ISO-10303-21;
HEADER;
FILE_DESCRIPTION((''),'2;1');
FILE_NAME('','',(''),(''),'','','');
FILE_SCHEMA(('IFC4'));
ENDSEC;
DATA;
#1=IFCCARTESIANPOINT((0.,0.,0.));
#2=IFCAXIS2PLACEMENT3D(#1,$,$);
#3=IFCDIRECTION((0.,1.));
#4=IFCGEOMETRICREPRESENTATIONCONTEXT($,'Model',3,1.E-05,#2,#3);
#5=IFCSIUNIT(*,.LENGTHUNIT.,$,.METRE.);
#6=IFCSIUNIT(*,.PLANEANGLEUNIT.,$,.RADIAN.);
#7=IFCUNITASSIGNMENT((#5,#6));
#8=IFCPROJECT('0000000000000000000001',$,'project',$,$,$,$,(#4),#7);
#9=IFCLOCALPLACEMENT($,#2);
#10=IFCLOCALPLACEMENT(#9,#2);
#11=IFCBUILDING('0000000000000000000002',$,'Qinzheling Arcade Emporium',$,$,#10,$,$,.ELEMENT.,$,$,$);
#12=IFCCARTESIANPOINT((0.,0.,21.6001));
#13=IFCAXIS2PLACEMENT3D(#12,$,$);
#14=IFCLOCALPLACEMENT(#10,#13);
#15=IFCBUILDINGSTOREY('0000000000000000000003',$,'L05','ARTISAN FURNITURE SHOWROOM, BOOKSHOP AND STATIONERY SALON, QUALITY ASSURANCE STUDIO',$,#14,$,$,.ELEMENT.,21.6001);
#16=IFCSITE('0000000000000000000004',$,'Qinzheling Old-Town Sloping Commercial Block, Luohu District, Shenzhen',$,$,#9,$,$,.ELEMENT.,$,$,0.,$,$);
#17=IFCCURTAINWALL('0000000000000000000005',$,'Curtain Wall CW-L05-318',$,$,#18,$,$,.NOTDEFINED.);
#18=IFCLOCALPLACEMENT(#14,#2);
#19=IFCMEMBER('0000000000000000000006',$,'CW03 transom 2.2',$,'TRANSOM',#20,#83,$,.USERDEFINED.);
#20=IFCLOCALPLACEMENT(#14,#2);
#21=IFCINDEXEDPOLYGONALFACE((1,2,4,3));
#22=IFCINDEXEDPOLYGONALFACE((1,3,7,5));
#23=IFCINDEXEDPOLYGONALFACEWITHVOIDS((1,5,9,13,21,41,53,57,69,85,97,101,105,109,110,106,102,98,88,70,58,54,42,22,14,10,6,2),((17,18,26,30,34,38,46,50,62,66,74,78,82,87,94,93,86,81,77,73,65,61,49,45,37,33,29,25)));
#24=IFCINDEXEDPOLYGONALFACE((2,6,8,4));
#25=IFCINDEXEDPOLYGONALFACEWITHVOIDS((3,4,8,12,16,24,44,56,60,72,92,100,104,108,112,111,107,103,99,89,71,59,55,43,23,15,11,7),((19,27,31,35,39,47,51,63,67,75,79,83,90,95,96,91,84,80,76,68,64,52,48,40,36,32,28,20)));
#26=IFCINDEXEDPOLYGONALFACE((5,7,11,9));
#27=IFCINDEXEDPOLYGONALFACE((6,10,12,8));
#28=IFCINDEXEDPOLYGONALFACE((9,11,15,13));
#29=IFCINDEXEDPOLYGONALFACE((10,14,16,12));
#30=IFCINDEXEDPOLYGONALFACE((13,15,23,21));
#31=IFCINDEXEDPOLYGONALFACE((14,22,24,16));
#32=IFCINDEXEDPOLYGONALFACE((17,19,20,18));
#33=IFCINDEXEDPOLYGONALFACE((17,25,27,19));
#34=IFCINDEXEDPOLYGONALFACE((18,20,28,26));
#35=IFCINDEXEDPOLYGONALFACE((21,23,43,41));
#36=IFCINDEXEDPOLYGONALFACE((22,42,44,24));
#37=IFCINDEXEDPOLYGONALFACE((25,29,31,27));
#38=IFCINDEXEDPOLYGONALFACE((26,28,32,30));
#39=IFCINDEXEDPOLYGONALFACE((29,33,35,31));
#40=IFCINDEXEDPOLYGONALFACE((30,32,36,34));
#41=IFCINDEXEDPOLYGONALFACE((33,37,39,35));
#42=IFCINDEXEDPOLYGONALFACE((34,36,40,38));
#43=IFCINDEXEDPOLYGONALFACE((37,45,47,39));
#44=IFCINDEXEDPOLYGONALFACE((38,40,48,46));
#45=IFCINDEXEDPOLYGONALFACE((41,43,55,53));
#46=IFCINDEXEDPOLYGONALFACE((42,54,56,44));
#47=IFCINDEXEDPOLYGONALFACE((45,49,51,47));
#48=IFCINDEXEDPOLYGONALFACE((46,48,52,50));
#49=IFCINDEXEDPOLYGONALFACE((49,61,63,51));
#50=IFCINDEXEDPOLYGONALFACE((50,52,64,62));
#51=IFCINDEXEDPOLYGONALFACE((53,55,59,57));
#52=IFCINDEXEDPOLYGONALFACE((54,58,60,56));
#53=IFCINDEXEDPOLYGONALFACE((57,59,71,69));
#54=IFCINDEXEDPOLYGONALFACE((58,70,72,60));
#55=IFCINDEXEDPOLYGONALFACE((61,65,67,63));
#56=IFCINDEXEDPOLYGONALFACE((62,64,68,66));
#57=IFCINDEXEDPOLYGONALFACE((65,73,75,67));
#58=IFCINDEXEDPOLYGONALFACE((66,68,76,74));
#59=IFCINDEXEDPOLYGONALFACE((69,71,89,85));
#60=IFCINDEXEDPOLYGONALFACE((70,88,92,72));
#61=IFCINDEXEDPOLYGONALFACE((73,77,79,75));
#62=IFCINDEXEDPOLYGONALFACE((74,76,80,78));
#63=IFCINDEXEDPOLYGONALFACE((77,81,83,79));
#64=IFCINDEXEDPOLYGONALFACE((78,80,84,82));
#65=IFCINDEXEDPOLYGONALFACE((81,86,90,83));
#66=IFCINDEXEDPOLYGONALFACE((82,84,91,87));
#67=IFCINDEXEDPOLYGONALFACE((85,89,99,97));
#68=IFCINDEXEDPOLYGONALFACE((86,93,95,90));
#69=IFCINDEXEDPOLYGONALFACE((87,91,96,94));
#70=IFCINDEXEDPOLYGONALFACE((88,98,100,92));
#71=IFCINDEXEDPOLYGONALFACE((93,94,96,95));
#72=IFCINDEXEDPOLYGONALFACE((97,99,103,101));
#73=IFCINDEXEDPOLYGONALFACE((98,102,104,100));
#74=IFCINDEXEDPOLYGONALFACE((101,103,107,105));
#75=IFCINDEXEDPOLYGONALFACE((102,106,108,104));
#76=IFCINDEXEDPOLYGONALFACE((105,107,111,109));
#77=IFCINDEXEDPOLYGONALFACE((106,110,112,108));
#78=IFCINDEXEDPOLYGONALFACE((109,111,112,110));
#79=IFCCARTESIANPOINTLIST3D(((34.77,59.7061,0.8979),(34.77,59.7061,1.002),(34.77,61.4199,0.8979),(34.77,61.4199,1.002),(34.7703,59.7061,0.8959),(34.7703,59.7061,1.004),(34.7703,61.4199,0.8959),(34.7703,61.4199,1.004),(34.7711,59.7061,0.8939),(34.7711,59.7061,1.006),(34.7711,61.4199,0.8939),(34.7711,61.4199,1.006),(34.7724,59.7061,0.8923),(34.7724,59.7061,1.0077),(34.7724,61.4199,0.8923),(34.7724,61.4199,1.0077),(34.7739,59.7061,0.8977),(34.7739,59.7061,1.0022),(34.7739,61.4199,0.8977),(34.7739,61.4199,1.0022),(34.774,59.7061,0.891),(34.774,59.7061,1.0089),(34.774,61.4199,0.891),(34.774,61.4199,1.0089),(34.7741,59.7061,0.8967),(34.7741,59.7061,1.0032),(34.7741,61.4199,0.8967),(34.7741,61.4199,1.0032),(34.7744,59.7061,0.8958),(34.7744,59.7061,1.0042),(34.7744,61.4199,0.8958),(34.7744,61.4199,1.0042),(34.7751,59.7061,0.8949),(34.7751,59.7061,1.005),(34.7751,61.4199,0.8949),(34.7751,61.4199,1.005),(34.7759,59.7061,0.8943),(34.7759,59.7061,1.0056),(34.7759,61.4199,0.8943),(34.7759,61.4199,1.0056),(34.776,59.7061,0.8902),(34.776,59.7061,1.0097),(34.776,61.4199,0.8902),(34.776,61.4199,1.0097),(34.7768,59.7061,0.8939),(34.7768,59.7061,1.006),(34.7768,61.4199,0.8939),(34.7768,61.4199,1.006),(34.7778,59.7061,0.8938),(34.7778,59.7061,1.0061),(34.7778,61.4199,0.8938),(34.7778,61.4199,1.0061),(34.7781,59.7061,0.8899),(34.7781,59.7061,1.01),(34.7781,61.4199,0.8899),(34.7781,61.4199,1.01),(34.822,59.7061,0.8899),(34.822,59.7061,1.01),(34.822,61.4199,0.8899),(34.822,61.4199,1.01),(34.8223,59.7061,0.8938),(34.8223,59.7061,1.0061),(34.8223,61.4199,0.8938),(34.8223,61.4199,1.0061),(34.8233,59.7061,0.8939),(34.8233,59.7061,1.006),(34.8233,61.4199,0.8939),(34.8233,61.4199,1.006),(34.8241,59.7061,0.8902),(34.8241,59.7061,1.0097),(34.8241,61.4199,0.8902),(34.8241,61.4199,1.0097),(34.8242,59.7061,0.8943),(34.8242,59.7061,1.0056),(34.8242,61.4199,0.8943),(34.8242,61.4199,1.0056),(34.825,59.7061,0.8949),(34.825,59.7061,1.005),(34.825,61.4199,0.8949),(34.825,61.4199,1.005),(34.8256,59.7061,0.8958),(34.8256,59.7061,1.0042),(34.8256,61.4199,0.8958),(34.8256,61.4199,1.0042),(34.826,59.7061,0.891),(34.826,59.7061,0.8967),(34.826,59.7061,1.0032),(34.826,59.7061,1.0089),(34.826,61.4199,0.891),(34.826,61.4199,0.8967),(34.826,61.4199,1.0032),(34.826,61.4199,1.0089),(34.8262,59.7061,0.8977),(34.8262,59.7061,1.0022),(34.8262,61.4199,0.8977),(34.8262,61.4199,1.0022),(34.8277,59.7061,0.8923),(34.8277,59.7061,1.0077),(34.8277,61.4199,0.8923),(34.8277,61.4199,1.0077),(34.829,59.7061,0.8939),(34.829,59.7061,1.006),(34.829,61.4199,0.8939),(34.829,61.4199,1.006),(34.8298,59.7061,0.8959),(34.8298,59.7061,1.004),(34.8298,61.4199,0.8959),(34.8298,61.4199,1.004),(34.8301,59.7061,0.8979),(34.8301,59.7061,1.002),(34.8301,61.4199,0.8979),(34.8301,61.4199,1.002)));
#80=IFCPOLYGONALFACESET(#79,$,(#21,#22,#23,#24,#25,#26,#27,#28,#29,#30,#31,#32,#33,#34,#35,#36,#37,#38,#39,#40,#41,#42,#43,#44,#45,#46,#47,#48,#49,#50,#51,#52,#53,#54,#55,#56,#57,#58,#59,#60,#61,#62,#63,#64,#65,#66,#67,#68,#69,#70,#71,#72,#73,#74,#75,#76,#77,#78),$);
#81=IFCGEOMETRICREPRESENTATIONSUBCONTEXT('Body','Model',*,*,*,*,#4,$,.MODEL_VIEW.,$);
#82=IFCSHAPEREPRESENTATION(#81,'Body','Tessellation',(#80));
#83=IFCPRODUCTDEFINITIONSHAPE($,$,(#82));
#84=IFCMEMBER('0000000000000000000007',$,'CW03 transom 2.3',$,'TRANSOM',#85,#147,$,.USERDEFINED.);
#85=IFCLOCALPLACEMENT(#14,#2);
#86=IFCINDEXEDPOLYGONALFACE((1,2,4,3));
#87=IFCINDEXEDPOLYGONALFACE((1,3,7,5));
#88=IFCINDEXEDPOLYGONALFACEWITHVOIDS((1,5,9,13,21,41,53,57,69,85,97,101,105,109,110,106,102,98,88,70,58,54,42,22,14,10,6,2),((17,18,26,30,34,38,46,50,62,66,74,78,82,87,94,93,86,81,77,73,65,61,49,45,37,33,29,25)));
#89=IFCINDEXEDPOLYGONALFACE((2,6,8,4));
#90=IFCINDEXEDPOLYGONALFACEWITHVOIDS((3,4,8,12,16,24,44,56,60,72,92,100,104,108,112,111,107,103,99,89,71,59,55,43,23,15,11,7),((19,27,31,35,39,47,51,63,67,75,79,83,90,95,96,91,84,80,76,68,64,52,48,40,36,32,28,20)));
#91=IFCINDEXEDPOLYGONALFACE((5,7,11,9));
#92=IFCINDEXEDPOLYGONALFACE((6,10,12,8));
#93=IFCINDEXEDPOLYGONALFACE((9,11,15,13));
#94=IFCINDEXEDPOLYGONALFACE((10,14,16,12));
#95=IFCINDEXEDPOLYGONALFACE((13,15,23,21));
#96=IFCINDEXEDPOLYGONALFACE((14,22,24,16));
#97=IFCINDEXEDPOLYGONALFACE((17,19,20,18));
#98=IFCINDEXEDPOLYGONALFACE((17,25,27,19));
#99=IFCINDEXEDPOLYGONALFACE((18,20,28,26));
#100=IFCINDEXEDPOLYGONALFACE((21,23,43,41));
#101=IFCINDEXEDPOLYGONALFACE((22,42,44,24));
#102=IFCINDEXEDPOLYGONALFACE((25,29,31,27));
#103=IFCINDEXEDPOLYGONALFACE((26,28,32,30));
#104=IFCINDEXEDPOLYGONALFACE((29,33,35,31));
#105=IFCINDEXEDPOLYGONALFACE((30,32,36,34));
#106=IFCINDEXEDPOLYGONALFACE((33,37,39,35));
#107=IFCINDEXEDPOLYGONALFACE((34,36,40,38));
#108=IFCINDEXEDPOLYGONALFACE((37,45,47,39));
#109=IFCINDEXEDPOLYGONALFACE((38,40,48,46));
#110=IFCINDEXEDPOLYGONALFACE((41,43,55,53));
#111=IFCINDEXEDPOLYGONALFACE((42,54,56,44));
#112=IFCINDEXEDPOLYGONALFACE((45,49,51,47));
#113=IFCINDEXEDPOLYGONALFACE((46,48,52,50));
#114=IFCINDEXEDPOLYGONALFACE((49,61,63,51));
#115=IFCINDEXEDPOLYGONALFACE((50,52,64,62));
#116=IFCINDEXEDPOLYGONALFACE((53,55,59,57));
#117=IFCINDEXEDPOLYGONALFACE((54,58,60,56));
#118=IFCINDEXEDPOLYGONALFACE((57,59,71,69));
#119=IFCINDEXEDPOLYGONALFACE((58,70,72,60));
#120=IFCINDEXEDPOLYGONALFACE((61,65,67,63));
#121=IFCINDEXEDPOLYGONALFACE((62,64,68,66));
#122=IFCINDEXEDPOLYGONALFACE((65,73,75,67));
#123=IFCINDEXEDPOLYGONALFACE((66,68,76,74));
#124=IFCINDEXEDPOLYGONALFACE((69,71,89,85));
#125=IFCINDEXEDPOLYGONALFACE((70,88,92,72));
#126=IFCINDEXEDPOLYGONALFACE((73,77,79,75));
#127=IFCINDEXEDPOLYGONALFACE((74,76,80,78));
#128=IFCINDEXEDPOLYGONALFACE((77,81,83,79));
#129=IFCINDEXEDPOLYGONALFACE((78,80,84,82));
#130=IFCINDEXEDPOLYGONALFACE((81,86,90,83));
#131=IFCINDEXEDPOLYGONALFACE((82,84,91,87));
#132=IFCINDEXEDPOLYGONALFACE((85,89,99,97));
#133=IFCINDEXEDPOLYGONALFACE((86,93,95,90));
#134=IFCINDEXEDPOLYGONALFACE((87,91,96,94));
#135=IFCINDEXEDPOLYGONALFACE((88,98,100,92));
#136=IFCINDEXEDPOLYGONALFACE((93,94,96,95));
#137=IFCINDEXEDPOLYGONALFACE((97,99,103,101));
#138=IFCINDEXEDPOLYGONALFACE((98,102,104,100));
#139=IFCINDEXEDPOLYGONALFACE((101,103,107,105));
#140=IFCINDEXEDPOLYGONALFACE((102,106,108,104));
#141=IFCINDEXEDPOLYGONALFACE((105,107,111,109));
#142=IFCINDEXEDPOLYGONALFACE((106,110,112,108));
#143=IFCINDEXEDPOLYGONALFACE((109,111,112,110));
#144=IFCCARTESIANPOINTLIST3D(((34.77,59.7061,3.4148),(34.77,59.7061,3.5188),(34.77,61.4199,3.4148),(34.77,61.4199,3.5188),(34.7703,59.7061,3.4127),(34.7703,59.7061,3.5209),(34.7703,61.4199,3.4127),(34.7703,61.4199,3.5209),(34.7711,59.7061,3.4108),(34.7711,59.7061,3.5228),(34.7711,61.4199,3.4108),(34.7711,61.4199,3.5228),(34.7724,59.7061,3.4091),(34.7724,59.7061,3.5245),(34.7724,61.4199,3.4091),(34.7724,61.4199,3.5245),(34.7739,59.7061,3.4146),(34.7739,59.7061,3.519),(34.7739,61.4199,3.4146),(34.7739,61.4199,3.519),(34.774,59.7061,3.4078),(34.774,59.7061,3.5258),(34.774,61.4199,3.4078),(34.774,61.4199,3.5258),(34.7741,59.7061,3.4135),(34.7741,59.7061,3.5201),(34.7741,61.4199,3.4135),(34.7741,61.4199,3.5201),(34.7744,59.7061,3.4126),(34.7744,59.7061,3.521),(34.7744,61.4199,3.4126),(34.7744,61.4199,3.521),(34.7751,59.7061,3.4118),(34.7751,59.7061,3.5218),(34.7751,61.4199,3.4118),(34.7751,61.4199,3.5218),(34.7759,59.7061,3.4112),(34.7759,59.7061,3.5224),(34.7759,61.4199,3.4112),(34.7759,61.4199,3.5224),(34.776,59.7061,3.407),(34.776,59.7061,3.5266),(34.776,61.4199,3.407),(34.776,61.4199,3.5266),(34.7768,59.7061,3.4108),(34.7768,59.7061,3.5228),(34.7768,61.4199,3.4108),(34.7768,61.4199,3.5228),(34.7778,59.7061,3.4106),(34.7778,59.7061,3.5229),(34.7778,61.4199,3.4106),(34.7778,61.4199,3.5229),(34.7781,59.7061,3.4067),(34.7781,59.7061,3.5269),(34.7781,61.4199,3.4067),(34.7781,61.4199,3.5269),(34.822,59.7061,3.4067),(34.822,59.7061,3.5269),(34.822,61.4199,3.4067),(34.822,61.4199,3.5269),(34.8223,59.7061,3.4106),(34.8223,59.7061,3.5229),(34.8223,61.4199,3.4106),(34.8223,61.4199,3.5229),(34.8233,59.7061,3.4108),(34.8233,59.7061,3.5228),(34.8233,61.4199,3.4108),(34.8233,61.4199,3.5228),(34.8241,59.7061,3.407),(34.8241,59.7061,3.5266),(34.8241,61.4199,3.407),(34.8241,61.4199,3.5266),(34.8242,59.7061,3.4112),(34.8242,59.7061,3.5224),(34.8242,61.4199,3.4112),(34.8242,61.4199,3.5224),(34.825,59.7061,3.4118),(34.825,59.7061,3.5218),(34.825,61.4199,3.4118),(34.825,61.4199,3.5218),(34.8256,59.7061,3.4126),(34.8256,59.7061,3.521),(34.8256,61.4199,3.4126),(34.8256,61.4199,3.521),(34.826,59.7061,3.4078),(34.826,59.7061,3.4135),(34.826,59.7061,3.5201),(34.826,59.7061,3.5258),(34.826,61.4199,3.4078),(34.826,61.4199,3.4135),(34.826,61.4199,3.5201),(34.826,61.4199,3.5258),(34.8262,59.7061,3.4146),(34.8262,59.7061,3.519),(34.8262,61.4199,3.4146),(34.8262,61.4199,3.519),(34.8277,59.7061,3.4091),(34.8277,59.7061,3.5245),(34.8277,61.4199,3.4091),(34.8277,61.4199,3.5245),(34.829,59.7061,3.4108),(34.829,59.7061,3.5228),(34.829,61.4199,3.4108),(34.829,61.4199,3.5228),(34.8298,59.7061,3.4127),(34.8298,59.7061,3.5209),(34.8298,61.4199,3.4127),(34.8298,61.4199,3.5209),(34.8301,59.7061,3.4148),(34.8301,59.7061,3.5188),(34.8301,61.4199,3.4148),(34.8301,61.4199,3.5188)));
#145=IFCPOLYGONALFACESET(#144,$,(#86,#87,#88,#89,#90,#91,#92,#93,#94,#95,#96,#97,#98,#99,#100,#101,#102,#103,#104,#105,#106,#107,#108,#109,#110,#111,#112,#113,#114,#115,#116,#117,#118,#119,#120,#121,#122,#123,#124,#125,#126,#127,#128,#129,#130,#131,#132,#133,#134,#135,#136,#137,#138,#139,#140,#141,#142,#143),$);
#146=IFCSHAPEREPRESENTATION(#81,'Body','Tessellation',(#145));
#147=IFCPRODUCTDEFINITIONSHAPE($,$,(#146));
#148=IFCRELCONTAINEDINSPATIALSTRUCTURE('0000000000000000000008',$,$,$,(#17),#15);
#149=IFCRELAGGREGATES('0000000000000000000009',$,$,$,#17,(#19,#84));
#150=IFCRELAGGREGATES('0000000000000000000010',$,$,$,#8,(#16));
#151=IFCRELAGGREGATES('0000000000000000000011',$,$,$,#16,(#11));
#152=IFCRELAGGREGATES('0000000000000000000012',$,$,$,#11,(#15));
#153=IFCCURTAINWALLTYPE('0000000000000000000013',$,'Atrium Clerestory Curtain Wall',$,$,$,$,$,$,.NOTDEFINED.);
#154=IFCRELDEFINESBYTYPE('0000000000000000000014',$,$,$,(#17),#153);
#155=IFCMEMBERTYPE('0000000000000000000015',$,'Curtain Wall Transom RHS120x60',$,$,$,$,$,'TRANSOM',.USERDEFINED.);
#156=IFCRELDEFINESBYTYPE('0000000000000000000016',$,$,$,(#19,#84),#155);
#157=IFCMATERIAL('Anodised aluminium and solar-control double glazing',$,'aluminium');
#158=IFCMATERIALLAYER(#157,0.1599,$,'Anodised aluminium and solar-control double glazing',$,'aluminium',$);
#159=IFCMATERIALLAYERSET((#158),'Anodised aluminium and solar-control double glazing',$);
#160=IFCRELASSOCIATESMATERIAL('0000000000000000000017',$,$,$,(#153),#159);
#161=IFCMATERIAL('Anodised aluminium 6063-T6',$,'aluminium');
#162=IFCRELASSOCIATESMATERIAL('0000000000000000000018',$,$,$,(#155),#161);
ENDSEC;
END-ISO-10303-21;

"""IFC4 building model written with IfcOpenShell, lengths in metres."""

from ifc_helpers import new_model, si_unit, direction, frame, origin, origin_2d, place, context, subcontext, project, spatial, hollow_rectangle, extrude, material, layer, layer_set, material_profile, profile_set, type_object, element, aggregate, save


model = new_model("IFC4")

# Units and contexts
model_context = context("Model", 3, precision=1e-05, world=origin(), true_north=direction((0.0, 1.0)))
body_context = subcontext(model_context, "Body", "Model", "MODEL_VIEW")
ifc_project = project(units=[si_unit("LENGTHUNIT", "METRE"), si_unit("PLANEANGLEUNIT", "RADIAN")], contexts=[model_context])

# Site, building, storey
site_placement = place(None, origin())
site = spatial("IfcSite", under=ifc_project, at=site_placement, Name="Qinzheling Old-Town Sloping Commercial Block, Luohu District, Shenzhen", CompositionType="ELEMENT", RefElevation=0.0)
building_placement = place(site_placement, origin())
building = spatial("IfcBuilding", under=site, at=building_placement, Name="Qinzheling Arcade Emporium", CompositionType="ELEMENT")
storey_placement = place(building_placement, frame((0.0, 0.0, 21.6001)))
storey = spatial("IfcBuildingStorey", under=building, at=storey_placement, Name="L05", Description="ARTISAN FURNITURE SHOWROOM, BOOKSHOP AND STATIONERY SALON, QUALITY ASSURANCE STUDIO", CompositionType="ELEMENT", Elevation=21.6001)

# Curtain wall, members
ifc_material_1 = material(Name="Anodised aluminium and solar-control double glazing", Category="aluminium")
ifc_layer_1 = layer(ifc_material_1, 0.1599, Name="Anodised aluminium and solar-control double glazing", Category="aluminium")
ifc_layer_set_1 = layer_set([ifc_layer_1], Name="Anodised aluminium and solar-control double glazing")
curtain_wall_type = type_object("IfcCurtainWallType", Name="Atrium Clerestory Curtain Wall", PredefinedType="NOTDEFINED", material=ifc_layer_set_1)
curtain_wall_placement = place(storey_placement, origin())
curtain_wall = element("IfcCurtainWall", 1, at=curtain_wall_placement, inside=storey, type_object=curtain_wall_type, Name="Curtain Wall CW-L05-318", PredefinedType="NOTDEFINED")
ifc_material_2 = material(Name="Anodised aluminium 6063-T6", Category="aluminium")
ifc_material_profile_1 = material_profile(ifc_material_2, hollow_rectangle(XDim=0.0601, YDim=0.1201, WallThickness=0.0039, InnerFilletRadius=0.0039, OuterFilletRadius=0.0081, at=origin_2d()), Name="RHS 120x60x4", Category="aluminium")
ifc_profile_set_1 = profile_set([ifc_material_profile_1], Name="Anodised aluminium 6063-T6")
member_type = type_object("IfcMemberType", Name="Curtain Wall Transom RHS120x60", ElementType="TRANSOM", PredefinedType="USERDEFINED", material=ifc_profile_set_1)
member_1_placement = place(storey_placement, frame((34.8, 59.7061, 0.95), z_axis=(0.0, 1.0, 0.0), x_axis=(-1.0, 0.0, 0.0)))
member_1 = element("IfcMember", 2, at=member_1_placement, type_object=member_type, Name="CW03 transom 2.2", ObjectType="TRANSOM", PredefinedType="USERDEFINED", context=body_context, shape_type="SweptSolid", body=[
    extrude(hollow_rectangle(XDim=0.0601, YDim=0.1201, WallThickness=0.0039, InnerFilletRadius=0.0039, OuterFilletRadius=0.0081, at=origin_2d()), origin(), (0.0, 0.0, 1.0), 1.7139),
])
member_2_placement = place(storey_placement, frame((34.8, 59.7061, 3.4668), z_axis=(0.0, 1.0, 0.0), x_axis=(-1.0, 0.0, 0.0)))
member_2 = element("IfcMember", 3, at=member_2_placement, type_object=member_type, Name="CW03 transom 2.3", ObjectType="TRANSOM", PredefinedType="USERDEFINED", context=body_context, shape_type="SweptSolid", body=[
    extrude(hollow_rectangle(XDim=0.0601, YDim=0.1201, WallThickness=0.0039, InnerFilletRadius=0.0039, OuterFilletRadius=0.0081, at=origin_2d()), origin(), (0.0, 0.0, 1.0), 1.7139),
])

aggregate(curtain_wall, [member_1, member_2])

save(model, "model.ifc")
